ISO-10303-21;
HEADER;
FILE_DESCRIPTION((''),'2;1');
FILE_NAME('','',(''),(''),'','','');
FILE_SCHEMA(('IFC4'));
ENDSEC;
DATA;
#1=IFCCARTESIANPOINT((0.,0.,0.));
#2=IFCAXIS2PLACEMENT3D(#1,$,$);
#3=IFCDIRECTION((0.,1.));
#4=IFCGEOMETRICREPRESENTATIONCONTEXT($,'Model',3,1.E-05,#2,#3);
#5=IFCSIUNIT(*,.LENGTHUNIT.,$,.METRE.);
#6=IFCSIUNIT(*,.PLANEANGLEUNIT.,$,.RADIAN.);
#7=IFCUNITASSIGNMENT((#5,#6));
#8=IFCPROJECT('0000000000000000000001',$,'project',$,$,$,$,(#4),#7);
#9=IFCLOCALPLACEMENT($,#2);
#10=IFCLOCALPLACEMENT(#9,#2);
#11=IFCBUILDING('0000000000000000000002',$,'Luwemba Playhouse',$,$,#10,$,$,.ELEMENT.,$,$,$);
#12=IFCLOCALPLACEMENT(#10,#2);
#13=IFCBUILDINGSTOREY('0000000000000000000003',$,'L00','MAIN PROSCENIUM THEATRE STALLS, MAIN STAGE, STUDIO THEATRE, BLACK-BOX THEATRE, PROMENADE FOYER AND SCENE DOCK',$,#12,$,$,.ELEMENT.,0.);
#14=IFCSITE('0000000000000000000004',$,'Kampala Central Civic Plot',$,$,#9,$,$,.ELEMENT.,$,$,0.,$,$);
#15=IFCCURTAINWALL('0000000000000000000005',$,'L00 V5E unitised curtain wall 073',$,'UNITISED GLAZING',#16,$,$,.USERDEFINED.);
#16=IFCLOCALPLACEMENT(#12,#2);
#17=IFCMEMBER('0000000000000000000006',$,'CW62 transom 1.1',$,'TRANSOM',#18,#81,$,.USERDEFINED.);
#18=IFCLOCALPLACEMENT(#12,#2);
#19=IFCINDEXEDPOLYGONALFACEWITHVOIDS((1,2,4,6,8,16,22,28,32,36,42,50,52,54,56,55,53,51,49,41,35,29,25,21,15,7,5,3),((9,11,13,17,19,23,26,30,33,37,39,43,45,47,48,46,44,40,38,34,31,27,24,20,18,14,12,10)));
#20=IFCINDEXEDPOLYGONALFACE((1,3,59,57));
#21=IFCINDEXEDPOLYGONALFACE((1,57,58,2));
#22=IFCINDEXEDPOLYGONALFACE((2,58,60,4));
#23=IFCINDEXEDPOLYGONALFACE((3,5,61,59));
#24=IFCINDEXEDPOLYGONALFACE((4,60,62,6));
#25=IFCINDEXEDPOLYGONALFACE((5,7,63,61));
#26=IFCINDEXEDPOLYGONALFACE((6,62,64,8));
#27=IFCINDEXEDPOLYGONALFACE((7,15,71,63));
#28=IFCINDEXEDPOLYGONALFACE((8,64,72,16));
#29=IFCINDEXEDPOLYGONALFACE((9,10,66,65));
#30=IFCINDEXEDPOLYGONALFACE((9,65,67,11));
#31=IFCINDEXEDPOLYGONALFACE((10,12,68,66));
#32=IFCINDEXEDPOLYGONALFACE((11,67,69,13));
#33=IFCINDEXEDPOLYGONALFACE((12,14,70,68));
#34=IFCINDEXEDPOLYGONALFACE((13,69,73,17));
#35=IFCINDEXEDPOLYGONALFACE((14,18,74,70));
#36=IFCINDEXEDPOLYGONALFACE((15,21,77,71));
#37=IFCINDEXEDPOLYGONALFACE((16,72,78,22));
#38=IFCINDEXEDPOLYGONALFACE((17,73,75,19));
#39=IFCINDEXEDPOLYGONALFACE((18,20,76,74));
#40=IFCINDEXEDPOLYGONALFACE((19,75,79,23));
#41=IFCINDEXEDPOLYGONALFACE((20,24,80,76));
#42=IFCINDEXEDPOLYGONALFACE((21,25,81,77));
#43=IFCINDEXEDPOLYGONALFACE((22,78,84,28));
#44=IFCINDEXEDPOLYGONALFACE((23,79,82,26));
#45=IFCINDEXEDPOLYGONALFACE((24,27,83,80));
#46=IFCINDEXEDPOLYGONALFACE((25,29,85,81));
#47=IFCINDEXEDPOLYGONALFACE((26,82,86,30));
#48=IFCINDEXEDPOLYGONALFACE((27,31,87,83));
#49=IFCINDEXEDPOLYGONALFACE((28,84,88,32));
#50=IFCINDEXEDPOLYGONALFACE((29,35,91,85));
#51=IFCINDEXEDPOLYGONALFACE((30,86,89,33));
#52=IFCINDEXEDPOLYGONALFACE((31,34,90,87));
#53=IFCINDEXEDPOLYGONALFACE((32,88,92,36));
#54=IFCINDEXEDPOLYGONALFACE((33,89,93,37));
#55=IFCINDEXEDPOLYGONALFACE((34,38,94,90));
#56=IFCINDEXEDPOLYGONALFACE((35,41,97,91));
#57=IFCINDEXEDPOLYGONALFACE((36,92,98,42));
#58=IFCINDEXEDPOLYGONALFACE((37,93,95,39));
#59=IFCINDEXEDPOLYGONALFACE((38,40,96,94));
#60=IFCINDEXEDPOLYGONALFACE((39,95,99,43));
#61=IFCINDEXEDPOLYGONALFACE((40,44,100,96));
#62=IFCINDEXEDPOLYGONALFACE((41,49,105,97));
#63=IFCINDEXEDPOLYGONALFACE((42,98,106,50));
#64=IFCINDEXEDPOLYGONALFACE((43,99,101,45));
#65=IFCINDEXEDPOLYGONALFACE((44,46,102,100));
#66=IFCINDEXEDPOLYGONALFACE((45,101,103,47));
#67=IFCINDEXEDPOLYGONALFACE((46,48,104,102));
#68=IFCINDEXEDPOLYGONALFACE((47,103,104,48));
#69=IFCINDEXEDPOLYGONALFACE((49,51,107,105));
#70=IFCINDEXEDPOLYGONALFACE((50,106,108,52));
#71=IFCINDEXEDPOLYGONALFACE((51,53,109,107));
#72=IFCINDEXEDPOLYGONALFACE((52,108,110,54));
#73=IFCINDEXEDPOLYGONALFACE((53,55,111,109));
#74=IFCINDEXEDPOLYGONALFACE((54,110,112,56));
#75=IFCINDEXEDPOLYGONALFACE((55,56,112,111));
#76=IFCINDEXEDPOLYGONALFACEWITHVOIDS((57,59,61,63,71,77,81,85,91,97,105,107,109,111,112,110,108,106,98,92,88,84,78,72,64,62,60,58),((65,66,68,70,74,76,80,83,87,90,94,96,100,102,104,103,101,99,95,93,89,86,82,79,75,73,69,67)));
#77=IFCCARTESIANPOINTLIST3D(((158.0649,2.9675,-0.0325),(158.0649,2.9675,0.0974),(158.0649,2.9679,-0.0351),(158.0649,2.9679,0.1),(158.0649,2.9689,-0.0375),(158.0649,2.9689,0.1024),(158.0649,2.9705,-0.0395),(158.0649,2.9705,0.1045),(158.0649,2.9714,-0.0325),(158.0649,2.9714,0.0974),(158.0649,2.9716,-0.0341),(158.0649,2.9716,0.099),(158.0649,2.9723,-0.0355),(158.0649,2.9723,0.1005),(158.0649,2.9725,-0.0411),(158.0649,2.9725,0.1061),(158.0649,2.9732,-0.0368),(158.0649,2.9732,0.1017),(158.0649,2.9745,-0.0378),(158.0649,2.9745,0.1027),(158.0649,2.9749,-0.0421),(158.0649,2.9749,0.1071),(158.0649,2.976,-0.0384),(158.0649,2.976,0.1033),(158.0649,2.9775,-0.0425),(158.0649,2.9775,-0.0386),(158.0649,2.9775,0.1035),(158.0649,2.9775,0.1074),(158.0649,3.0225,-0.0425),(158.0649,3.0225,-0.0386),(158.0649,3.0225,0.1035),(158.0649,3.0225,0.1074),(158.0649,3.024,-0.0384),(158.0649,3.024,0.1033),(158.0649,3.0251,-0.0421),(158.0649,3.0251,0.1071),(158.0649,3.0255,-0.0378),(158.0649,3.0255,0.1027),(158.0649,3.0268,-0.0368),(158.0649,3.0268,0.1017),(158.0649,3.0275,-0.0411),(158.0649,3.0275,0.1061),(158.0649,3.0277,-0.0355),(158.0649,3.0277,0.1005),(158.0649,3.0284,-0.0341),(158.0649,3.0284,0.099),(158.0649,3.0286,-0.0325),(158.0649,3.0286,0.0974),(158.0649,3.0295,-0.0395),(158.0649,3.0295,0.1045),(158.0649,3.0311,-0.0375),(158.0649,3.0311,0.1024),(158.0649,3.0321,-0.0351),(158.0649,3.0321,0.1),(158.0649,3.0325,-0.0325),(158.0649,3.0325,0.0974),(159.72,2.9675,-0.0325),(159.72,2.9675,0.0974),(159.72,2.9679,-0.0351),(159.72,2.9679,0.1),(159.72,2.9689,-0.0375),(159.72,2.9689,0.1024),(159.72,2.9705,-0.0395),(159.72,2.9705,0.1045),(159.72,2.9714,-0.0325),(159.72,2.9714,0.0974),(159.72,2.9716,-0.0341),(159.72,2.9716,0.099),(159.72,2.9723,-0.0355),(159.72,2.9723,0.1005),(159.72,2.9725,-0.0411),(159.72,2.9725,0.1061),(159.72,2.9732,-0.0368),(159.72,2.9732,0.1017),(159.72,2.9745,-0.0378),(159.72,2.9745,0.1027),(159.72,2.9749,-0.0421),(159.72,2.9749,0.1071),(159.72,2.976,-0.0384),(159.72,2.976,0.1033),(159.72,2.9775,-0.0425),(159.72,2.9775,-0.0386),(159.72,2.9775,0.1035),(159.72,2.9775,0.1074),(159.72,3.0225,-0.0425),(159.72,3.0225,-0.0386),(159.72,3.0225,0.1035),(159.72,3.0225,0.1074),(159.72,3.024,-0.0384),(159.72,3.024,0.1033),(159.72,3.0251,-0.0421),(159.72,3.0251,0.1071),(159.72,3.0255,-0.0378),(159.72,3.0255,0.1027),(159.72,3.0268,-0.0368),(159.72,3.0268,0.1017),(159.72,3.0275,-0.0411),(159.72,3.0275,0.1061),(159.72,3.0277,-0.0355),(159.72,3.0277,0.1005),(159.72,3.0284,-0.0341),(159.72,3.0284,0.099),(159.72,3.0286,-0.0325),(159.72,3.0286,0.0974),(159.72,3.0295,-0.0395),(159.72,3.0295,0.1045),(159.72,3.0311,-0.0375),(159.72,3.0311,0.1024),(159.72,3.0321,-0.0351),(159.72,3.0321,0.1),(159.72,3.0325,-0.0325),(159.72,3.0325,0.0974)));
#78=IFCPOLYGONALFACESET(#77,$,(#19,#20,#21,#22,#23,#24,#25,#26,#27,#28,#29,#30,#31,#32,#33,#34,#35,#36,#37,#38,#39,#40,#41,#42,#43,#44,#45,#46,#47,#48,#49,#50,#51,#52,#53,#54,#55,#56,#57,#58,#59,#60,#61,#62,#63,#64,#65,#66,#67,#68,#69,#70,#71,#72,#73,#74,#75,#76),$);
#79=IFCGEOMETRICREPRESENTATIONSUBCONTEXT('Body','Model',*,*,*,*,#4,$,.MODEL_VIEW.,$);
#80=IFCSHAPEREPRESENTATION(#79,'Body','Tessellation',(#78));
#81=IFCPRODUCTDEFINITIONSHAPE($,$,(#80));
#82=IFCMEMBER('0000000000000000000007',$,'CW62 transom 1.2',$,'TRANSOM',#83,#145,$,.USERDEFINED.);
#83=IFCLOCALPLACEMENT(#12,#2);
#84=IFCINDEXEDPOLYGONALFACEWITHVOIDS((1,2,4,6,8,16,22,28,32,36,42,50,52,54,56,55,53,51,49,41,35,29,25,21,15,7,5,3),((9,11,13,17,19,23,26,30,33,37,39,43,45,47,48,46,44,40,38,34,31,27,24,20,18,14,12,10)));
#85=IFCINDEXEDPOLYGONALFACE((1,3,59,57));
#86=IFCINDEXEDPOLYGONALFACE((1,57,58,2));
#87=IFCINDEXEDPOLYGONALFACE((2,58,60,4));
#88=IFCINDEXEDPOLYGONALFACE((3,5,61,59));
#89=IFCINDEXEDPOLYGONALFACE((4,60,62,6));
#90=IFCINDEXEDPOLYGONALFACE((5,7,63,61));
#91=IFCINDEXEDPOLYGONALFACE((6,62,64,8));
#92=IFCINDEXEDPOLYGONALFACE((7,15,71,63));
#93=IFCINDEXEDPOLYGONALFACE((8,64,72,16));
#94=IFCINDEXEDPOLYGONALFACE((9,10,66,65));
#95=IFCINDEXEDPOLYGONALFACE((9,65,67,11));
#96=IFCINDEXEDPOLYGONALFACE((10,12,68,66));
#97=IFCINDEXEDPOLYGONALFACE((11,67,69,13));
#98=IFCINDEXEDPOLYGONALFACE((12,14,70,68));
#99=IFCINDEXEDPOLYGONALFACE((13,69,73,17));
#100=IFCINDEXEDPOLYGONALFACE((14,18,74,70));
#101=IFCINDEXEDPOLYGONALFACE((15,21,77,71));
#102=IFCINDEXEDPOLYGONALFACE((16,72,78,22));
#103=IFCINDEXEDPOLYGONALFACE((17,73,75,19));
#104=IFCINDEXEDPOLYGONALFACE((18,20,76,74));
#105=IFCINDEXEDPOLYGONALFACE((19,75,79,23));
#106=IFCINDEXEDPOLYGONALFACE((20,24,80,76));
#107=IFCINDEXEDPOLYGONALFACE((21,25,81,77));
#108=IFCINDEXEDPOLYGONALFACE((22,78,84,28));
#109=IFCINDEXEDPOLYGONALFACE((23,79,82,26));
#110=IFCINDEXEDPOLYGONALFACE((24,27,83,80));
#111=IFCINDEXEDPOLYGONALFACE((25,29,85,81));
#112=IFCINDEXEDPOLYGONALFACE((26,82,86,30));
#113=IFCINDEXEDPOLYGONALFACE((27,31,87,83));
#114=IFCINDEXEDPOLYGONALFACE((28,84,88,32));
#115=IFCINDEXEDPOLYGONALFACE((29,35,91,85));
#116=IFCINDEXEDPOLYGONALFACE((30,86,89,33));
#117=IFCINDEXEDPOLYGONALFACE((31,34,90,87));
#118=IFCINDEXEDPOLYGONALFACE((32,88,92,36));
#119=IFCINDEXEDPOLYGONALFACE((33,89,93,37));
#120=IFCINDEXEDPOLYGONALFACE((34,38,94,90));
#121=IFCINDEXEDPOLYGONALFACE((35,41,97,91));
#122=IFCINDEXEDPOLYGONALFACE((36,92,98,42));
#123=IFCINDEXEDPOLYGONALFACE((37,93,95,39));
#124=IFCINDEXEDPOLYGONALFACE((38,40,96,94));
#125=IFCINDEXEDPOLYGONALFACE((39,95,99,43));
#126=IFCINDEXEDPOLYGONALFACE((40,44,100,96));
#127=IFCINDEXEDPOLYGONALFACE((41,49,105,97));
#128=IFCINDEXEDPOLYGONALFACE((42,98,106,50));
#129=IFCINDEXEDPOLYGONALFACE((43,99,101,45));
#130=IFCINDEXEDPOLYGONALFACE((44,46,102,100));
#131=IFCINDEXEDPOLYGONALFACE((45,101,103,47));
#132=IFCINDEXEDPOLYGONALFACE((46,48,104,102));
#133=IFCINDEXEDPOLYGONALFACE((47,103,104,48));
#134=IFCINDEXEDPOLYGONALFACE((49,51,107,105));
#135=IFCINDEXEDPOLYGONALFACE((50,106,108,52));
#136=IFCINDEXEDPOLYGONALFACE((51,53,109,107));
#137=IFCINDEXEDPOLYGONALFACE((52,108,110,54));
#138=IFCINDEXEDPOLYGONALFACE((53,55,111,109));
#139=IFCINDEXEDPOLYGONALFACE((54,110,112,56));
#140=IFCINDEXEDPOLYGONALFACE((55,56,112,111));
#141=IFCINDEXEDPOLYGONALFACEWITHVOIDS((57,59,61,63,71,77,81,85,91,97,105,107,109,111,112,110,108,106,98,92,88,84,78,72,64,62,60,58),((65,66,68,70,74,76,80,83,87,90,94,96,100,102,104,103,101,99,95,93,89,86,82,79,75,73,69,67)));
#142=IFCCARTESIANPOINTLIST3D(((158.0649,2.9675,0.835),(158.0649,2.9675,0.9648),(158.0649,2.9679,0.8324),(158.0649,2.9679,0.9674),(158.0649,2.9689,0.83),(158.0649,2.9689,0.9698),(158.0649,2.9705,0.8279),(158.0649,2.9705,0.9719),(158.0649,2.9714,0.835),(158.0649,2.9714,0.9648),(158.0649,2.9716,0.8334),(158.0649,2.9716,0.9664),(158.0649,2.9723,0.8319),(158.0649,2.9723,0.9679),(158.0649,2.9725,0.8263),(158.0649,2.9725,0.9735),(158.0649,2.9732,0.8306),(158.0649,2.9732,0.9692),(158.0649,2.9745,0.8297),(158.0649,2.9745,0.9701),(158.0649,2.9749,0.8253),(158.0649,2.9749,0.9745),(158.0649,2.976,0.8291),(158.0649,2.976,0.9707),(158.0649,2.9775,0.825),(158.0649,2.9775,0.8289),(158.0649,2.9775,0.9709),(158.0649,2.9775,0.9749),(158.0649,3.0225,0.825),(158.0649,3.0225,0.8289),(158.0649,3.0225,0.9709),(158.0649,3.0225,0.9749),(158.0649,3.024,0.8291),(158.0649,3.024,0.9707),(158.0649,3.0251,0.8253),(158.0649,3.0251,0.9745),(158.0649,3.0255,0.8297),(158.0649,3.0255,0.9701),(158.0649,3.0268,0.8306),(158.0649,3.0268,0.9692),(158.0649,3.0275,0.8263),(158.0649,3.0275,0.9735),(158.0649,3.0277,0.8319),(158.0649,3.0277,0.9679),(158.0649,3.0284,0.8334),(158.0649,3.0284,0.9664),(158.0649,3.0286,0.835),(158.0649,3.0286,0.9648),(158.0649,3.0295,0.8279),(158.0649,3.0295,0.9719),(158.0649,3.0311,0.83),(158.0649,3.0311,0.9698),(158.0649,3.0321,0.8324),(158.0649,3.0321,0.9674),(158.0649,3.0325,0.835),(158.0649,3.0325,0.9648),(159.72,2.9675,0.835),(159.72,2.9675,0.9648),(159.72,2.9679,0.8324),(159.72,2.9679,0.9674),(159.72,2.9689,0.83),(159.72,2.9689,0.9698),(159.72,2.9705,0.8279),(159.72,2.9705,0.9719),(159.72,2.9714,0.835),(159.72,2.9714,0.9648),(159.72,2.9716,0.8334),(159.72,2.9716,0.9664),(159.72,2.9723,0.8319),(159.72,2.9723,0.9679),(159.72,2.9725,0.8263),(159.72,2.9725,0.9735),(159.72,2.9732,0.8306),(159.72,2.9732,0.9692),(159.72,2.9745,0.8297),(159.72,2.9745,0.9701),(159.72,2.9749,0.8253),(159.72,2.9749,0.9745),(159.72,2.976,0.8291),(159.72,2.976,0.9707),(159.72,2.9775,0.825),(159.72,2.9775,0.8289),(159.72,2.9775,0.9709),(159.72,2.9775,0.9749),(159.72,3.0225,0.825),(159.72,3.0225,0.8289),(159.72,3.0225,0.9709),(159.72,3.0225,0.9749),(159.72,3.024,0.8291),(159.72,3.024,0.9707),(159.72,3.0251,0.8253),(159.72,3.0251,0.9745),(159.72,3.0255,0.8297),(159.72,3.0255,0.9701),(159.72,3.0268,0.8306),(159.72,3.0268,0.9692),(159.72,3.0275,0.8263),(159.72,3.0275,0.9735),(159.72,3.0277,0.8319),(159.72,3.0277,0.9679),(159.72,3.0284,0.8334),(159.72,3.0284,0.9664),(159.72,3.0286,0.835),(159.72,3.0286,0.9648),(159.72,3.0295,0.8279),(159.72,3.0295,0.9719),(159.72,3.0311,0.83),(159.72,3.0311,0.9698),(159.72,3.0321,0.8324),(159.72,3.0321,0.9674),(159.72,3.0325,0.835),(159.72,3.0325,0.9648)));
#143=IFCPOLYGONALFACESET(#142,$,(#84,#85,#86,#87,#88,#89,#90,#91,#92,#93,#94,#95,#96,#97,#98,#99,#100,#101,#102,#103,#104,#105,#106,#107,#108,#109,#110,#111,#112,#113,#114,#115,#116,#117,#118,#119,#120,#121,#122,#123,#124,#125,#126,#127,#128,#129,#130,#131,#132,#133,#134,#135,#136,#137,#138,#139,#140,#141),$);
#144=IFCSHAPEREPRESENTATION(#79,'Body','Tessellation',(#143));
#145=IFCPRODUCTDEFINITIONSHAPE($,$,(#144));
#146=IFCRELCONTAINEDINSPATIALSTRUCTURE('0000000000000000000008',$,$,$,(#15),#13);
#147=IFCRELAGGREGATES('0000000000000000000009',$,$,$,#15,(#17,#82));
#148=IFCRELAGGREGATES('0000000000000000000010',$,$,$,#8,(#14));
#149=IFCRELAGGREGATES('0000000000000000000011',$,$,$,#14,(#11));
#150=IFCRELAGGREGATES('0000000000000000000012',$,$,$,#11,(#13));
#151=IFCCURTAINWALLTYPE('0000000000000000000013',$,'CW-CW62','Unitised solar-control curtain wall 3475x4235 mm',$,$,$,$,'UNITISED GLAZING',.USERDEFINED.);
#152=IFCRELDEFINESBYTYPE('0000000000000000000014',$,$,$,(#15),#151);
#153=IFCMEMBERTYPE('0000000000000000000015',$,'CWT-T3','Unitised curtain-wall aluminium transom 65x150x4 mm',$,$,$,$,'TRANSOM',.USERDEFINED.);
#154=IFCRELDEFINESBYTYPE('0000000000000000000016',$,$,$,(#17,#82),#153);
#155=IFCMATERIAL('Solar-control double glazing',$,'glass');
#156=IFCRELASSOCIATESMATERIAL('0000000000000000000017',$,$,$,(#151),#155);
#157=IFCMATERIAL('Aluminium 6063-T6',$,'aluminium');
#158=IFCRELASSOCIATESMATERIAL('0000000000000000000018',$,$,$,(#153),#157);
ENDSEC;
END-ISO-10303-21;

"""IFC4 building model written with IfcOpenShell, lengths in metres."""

from ifc_helpers import new_model, si_unit, direction, frame, origin, origin_2d, place, context, subcontext, project, spatial, hollow_rectangle, extrude, material, material_profile, profile_set, type_object, element, aggregate, save


model = new_model("IFC4")

# Units and contexts
model_context = context("Model", 3, precision=1e-05, world=origin(), true_north=direction((0.0, 1.0)))
body_context = subcontext(model_context, "Body", "Model", "MODEL_VIEW")
ifc_project = project(units=[si_unit("LENGTHUNIT", "METRE"), si_unit("PLANEANGLEUNIT", "RADIAN")], contexts=[model_context])

# Site, building, storey
site_placement = place(None, origin())
site = spatial("IfcSite", under=ifc_project, at=site_placement, Name="Kampala Central Civic Plot", CompositionType="ELEMENT", RefElevation=0.0)
building_placement = place(site_placement, origin())
building = spatial("IfcBuilding", under=site, at=building_placement, Name="Luwemba Playhouse", CompositionType="ELEMENT")
storey_placement = place(building_placement, origin())
storey = spatial("IfcBuildingStorey", under=building, at=storey_placement, Name="L00", Description="MAIN PROSCENIUM THEATRE STALLS, MAIN STAGE, STUDIO THEATRE, BLACK-BOX THEATRE, PROMENADE FOYER AND SCENE DOCK", CompositionType="ELEMENT", Elevation=0.0)

# Curtain wall
ifc_material_1 = material(Name="Solar-control double glazing", Category="glass")
ifc_material_2 = material(Name="Aluminium 6063-T6", Category="aluminium")
curtain_wall_type_1 = type_object("IfcCurtainWallType", Name="CW-CW62", Description="Unitised solar-control curtain wall 3475x4235 mm", ElementType="UNITISED GLAZING", PredefinedType="USERDEFINED", material=ifc_material_1)
curtain_wall_1_placement = place(storey_placement, origin())
curtain_wall_1 = element("IfcCurtainWall", 1, at=curtain_wall_1_placement, inside=storey, type_object=curtain_wall_type_1, Name="L00 V5E unitised curtain wall 073", ObjectType="UNITISED GLAZING", PredefinedType="USERDEFINED")

# Members
ifc_material_profile_1 = material_profile(ifc_material_2, hollow_rectangle(XDim=0.0649, YDim=0.1499, WallThickness=0.0039, InnerFilletRadius=0.0061, OuterFilletRadius=0.01, at=origin_2d()))
ifc_profile_set_1 = profile_set([ifc_material_profile_1], Name="Aluminium 6063-T6")
member_type_1 = type_object("IfcMemberType", Name="CWT-T3", Description="Unitised curtain-wall aluminium transom 65x150x4 mm", ElementType="TRANSOM", PredefinedType="USERDEFINED", material=ifc_profile_set_1)
member_1_placement = place(storey_placement, frame((159.72, 3.0, 0.0325), z_axis=(-1.0, 0.0, 0.0), x_axis=(0.0, -1.0, 0.0)))
member_1 = element("IfcMember", 2, at=member_1_placement, type_object=member_type_1, Name="CW62 transom 1.1", ObjectType="TRANSOM", PredefinedType="USERDEFINED", context=body_context, shape_type="SweptSolid", body=[
    extrude(hollow_rectangle(XDim=0.0649, YDim=0.1499, WallThickness=0.0039, InnerFilletRadius=0.0061, OuterFilletRadius=0.01, at=origin_2d()), origin(), (0.0, 0.0, 1.0), 1.655),
])
member_2_placement = place(storey_placement, frame((159.72, 3.0, 0.8999), z_axis=(-1.0, 0.0, 0.0), x_axis=(0.0, -1.0, 0.0)))
member_2 = element("IfcMember", 3, at=member_2_placement, type_object=member_type_1, Name="CW62 transom 1.2", ObjectType="TRANSOM", PredefinedType="USERDEFINED", context=body_context, shape_type="SweptSolid", body=[
    extrude(hollow_rectangle(XDim=0.0649, YDim=0.1499, WallThickness=0.0039, InnerFilletRadius=0.0061, OuterFilletRadius=0.01, at=origin_2d()), origin(), (0.0, 0.0, 1.0), 1.655),
])

aggregate(curtain_wall_1, [member_1, member_2])

save(model, "model.ifc")
